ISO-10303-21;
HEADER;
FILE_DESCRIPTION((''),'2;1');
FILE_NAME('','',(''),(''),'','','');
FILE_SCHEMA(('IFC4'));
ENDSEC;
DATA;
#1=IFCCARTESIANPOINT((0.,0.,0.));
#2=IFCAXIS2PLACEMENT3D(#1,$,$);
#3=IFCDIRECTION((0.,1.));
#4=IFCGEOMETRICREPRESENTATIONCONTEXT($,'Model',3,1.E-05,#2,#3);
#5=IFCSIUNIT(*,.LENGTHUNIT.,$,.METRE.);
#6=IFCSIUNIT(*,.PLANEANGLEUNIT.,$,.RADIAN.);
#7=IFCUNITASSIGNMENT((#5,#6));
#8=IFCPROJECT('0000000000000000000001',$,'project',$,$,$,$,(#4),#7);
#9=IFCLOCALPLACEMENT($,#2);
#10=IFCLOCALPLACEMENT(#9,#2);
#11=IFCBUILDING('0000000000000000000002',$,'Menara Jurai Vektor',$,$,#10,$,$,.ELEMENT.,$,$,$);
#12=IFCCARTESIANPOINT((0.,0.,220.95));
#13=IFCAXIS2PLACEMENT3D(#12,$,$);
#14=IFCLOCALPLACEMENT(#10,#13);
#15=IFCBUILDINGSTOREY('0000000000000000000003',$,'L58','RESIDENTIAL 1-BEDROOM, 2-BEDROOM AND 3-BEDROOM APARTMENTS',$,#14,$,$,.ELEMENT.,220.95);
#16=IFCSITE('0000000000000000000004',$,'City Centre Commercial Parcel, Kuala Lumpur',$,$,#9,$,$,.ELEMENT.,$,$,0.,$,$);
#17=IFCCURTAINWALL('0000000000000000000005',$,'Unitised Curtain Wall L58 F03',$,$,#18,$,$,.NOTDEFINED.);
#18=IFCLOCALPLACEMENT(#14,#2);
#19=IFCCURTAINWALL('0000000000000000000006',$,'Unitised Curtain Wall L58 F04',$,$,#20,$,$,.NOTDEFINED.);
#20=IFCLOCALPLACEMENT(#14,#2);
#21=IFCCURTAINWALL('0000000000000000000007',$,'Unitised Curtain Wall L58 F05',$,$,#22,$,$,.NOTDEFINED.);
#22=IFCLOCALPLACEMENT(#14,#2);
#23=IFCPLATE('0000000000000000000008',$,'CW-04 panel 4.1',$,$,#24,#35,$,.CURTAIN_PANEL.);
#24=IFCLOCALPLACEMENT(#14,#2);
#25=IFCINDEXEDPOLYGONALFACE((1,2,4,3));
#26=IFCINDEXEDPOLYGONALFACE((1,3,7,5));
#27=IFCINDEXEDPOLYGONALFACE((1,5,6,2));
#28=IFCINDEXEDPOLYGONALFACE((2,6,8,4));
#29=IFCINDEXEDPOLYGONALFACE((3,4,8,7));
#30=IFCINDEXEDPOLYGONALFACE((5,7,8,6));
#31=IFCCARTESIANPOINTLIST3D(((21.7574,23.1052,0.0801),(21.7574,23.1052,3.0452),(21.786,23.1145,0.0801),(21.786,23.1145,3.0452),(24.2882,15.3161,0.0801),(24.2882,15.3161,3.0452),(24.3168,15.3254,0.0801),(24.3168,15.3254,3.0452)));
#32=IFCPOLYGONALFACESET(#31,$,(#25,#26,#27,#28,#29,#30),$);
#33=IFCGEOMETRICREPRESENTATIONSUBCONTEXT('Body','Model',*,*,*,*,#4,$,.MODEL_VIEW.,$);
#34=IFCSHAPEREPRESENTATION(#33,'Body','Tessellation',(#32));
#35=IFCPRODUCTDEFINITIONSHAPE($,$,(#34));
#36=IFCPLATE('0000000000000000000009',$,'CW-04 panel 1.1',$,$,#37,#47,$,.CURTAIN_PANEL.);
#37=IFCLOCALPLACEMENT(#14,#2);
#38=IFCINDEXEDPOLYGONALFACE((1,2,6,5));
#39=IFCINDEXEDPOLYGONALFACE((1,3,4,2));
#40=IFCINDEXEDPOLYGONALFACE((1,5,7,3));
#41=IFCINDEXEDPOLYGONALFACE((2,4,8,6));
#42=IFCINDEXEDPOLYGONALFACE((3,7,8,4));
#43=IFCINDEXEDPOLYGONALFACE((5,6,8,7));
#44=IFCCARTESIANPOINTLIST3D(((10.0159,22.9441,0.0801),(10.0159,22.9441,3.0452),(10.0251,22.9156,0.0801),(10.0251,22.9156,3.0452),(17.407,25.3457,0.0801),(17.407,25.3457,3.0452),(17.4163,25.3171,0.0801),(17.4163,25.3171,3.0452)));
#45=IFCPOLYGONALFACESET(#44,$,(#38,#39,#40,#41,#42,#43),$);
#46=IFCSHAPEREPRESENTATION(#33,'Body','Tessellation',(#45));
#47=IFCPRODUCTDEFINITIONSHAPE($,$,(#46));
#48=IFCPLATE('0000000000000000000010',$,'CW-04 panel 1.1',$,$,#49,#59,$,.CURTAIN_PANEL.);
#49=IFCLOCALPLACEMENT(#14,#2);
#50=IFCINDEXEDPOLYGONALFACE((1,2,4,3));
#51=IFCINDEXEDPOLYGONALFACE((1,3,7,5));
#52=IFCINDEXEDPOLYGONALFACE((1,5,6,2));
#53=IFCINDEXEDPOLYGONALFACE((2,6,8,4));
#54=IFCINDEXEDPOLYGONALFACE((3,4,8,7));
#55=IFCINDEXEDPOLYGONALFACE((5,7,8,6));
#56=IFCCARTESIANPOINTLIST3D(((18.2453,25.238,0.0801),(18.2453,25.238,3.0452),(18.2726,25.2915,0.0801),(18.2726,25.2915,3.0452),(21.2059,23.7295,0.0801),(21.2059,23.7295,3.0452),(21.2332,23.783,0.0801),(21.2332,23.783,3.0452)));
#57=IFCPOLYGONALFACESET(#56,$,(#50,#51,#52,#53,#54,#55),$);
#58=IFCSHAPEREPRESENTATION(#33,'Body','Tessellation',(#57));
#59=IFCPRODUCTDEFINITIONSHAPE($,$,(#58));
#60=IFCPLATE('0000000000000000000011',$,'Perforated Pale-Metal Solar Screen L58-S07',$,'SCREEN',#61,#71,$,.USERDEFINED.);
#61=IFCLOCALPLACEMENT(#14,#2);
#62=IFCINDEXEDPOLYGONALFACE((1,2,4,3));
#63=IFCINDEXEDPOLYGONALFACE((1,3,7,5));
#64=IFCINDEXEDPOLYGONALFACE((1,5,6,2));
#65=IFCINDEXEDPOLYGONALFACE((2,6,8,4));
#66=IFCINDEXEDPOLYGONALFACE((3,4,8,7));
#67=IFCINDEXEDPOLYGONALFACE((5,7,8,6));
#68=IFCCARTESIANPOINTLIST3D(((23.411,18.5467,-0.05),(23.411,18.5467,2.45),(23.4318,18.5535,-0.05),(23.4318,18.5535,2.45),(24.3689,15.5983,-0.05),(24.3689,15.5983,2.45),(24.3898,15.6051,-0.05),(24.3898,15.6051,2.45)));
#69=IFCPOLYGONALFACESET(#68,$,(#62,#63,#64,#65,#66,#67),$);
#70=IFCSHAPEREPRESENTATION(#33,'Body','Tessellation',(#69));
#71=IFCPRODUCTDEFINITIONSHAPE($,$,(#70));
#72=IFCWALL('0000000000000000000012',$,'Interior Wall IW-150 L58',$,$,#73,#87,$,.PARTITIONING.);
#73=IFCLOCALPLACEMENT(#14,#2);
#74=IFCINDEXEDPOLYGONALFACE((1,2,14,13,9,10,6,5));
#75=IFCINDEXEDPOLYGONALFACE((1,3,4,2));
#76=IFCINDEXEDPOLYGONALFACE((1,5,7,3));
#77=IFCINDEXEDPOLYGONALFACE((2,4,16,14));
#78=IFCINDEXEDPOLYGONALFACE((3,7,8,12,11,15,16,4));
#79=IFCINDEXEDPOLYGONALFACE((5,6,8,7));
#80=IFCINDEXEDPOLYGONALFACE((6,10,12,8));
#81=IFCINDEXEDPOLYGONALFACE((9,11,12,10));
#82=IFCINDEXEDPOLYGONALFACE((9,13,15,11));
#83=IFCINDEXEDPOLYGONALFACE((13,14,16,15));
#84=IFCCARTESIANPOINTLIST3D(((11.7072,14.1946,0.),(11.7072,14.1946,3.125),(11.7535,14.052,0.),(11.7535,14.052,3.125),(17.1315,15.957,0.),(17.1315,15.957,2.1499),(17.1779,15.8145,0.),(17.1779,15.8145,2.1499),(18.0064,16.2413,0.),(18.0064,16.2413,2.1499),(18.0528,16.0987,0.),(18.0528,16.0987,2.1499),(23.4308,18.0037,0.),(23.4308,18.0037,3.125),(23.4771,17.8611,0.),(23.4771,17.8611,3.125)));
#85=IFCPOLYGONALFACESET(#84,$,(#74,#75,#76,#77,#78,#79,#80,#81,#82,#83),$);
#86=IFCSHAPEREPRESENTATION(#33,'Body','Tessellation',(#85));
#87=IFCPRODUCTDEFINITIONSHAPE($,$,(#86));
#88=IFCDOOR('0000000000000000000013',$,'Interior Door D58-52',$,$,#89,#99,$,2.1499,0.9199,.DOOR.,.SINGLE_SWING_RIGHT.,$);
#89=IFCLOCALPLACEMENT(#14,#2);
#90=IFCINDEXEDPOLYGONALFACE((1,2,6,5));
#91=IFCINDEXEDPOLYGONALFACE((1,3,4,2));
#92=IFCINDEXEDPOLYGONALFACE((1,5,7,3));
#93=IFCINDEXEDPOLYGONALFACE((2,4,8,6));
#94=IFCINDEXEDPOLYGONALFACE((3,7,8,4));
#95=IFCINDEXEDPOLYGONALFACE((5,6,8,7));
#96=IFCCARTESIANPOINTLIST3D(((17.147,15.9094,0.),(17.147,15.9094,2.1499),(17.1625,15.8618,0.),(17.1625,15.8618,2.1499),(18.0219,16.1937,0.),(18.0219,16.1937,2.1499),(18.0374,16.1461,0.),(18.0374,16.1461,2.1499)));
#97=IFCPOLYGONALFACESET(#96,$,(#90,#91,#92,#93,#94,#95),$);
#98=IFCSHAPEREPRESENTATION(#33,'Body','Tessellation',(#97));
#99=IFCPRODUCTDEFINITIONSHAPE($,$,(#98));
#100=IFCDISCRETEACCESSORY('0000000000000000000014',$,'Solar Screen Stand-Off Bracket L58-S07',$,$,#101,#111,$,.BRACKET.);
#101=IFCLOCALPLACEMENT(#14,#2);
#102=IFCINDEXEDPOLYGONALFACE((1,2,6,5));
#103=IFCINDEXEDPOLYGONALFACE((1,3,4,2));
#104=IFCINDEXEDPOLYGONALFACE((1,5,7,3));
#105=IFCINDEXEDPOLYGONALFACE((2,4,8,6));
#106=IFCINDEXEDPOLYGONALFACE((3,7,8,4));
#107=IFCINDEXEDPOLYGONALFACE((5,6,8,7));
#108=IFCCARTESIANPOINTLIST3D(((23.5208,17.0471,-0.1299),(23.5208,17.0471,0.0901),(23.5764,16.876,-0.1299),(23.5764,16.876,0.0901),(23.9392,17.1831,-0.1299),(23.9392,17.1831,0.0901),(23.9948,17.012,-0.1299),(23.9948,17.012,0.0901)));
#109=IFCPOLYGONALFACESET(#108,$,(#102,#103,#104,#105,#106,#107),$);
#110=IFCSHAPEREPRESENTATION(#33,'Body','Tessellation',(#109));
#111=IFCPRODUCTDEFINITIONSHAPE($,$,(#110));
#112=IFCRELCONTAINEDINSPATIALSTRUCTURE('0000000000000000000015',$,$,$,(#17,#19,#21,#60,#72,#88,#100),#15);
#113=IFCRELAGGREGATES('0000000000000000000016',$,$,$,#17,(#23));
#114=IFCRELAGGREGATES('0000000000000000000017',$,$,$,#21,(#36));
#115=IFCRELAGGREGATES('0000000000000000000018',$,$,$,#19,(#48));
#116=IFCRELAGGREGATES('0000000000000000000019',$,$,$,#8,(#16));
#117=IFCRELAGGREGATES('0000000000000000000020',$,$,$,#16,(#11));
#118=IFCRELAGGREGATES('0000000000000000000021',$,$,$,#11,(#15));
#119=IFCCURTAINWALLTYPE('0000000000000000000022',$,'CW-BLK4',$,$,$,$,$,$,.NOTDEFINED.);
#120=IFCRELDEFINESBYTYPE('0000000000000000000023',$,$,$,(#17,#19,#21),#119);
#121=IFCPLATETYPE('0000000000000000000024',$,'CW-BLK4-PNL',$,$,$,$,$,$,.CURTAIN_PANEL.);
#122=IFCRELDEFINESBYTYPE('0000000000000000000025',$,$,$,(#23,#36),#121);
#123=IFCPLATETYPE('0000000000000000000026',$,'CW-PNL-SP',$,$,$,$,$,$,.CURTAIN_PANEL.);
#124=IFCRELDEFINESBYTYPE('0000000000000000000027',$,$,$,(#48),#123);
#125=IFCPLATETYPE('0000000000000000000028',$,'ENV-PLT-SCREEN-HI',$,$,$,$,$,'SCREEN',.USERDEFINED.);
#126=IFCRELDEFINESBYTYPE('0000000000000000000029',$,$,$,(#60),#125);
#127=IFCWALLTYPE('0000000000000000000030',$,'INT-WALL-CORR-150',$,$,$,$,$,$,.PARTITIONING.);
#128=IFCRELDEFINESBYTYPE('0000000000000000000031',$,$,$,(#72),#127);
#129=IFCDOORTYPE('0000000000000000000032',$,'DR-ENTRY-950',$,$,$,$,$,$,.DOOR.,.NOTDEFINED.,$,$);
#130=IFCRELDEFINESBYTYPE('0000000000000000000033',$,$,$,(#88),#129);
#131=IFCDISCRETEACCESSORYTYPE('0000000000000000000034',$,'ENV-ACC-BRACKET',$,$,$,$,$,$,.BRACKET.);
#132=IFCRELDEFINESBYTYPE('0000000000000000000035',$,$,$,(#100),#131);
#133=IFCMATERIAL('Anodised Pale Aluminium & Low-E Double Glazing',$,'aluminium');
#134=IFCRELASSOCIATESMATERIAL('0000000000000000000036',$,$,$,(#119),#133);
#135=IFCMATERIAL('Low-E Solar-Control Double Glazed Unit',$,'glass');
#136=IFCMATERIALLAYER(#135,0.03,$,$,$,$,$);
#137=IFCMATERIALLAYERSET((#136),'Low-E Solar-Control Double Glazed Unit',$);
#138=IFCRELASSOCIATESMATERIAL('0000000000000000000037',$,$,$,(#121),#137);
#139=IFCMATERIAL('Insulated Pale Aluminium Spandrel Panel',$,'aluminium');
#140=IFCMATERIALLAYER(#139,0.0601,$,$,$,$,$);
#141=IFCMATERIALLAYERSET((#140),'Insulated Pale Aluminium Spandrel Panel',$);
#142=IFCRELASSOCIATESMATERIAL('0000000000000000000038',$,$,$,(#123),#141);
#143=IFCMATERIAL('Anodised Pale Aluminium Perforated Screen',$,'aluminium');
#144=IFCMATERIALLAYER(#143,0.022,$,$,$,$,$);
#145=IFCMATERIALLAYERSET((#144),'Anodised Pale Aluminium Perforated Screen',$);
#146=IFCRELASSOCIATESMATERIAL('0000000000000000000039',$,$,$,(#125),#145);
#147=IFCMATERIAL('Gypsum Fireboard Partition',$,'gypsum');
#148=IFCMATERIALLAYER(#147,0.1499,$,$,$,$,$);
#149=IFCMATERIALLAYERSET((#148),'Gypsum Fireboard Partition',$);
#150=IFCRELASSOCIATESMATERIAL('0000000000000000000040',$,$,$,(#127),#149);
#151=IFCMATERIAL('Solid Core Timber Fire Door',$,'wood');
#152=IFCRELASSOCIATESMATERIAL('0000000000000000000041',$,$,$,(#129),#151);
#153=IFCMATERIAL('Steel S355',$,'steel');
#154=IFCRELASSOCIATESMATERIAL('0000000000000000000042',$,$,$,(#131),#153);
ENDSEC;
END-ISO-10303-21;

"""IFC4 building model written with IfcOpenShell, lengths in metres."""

from ifc_helpers import new_model, si_unit, direction, frame, frame_2d, origin, origin_2d, place, context, subcontext, project, spatial, rectangle, extrude, material, layer, layer_set, type_object, element, fill, aggregate, save


model = new_model("IFC4")

# Units and contexts
model_context = context("Model", 3, precision=1e-05, world=origin(), true_north=direction((0.0, 1.0)))
body_context = subcontext(model_context, "Body", "Model", "MODEL_VIEW")
ifc_project = project(units=[si_unit("LENGTHUNIT", "METRE"), si_unit("PLANEANGLEUNIT", "RADIAN")], contexts=[model_context])

# Site, building, storey
site_placement = place(None, origin())
site = spatial("IfcSite", under=ifc_project, at=site_placement, Name="City Centre Commercial Parcel, Kuala Lumpur", CompositionType="ELEMENT", RefElevation=0.0)
building_placement = place(site_placement, origin())
building = spatial("IfcBuilding", under=site, at=building_placement, Name="Menara Jurai Vektor", CompositionType="ELEMENT")
storey_placement = place(building_placement, frame((0.0, 0.0, 220.95)))
storey = spatial("IfcBuildingStorey", under=building, at=storey_placement, Name="L58", Description="RESIDENTIAL 1-BEDROOM, 2-BEDROOM AND 3-BEDROOM APARTMENTS", CompositionType="ELEMENT", Elevation=220.95)

# Curtain walls
ifc_material_1 = material(Name="Anodised Pale Aluminium & Low-E Double Glazing", Category="aluminium")
curtain_wall_type = type_object("IfcCurtainWallType", Name="CW-BLK4", PredefinedType="NOTDEFINED", material=ifc_material_1)
curtain_wall_1_placement = place(storey_placement, origin())
curtain_wall_1 = element("IfcCurtainWall", 1, at=curtain_wall_1_placement, inside=storey, type_object=curtain_wall_type, Name="Unitised Curtain Wall L58 F03", PredefinedType="NOTDEFINED")
curtain_wall_2_placement = place(storey_placement, origin())
curtain_wall_2 = element("IfcCurtainWall", 2, at=curtain_wall_2_placement, inside=storey, type_object=curtain_wall_type, Name="Unitised Curtain Wall L58 F04", PredefinedType="NOTDEFINED")

# Curtain wall
curtain_wall_3_placement = place(storey_placement, origin())
curtain_wall_3 = element("IfcCurtainWall", 3, at=curtain_wall_3_placement, inside=storey, type_object=curtain_wall_type, Name="Unitised Curtain Wall L58 F05", PredefinedType="NOTDEFINED")

# Shared definitions
ifc_material_2 = material(Name="Steel S355", Category="steel")

# Plates
ifc_material_3 = material(Name="Low-E Solar-Control Double Glazed Unit", Category="glass")
ifc_layer_1 = layer(ifc_material_3, 0.03)
ifc_layer_set_1 = layer_set([ifc_layer_1], Name="Low-E Solar-Control Double Glazed Unit")
plate_type_1 = type_object("IfcPlateType", Name="CW-BLK4-PNL", PredefinedType="CURTAIN_PANEL", material=ifc_layer_set_1)
plate_1_placement = place(storey_placement, frame((23.0371, 19.2153, 0.0801), z_axis=(0.0, 0.0, 1.0), x_axis=(-0.309016, 0.951057, 0.0)))
plate_1 = element("IfcPlate", 4, at=plate_1_placement, type_object=plate_type_1, Name="CW-04 panel 4.1", PredefinedType="CURTAIN_PANEL", context=body_context, shape_type="SweptSolid", body=[
    extrude(rectangle(XDim=8.1899, YDim=0.03, at=origin_2d()), origin(), (0.0, 0.0, 1.0), 2.9651),
])
aggregate(curtain_wall_1, [plate_1])
plate_2_placement = place(storey_placement, frame((13.7161, 24.1306, 0.0801), z_axis=(0.0, 0.0, 1.0), x_axis=(-0.951056, -0.309017, 0.0)))
plate_2 = element("IfcPlate", 5, at=plate_2_placement, type_object=plate_type_1, Name="CW-04 panel 1.1", PredefinedType="CURTAIN_PANEL", context=body_context, shape_type="SweptSolid", body=[
    extrude(rectangle(XDim=7.7715, YDim=0.03, at=origin_2d()), origin(), (0.0, 0.0, 1.0), 2.9651),
])
aggregate(curtain_wall_3, [plate_2])
ifc_material_4 = material(Name="Insulated Pale Aluminium Spandrel Panel", Category="aluminium")
ifc_layer_2 = layer(ifc_material_4, 0.0601)
ifc_layer_set_2 = layer_set([ifc_layer_2], Name="Insulated Pale Aluminium Spandrel Panel")
plate_type_2 = type_object("IfcPlateType", Name="CW-PNL-SP", PredefinedType="CURTAIN_PANEL", material=ifc_layer_set_2)
plate_3_placement = place(storey_placement, frame((19.7393, 24.5105, 0.0801), z_axis=(0.0, 0.0, 1.0), x_axis=(-0.891008, 0.453989, 0.0)))
plate_3 = element("IfcPlate", 6, at=plate_3_placement, type_object=plate_type_2, Name="CW-04 panel 1.1", PredefinedType="CURTAIN_PANEL", context=body_context, shape_type="SweptSolid", body=[
    extrude(rectangle(XDim=3.3228, YDim=0.0601, at=origin_2d()), origin(), (0.0, 0.0, 1.0), 2.9651),
])
aggregate(curtain_wall_2, [plate_3])
ifc_material_5 = material(Name="Anodised Pale Aluminium Perforated Screen", Category="aluminium")
ifc_layer_3 = layer(ifc_material_5, 0.022)
ifc_layer_set_3 = layer_set([ifc_layer_3], Name="Anodised Pale Aluminium Perforated Screen")
plate_type_3 = type_object("IfcPlateType", Name="ENV-PLT-SCREEN-HI", ElementType="SCREEN", PredefinedType="USERDEFINED", material=ifc_layer_set_3)
plate_4_placement = place(storey_placement, frame((23.9004, 17.0759, -0.05), z_axis=(0.0, 0.0, 1.0), x_axis=(-0.309017, 0.951057, 0.0)))
element("IfcPlate", 7, at=plate_4_placement, inside=storey, type_object=plate_type_3, Name="Perforated Pale-Metal Solar Screen L58-S07", ObjectType="SCREEN", PredefinedType="USERDEFINED", context=body_context, shape_type="SweptSolid", body=[
    extrude(rectangle(XDim=3.1001, YDim=0.022, at=origin_2d()), origin(), (0.0, 0.0, 1.0), 2.5),
])

# Wall, opening, door
ifc_material_6 = material(Name="Gypsum Fireboard Partition", Category="gypsum")
ifc_layer_4 = layer(ifc_material_6, 0.1499)
ifc_layer_set_4 = layer_set([ifc_layer_4], Name="Gypsum Fireboard Partition")
wall_type = type_object("IfcWallType", Name="INT-WALL-CORR-150", PredefinedType="PARTITIONING", material=ifc_layer_set_4)
wall_placement = place(storey_placement, frame((11.7302, 14.1233, 0.0), z_axis=(0.0, 0.0, 1.0), x_axis=(0.95106, 0.309005, 0.0)))
wall = element("IfcWall", 8, at=wall_placement, inside=storey, type_object=wall_type, Name="Interior Wall IW-150 L58", PredefinedType="PARTITIONING", context=body_context, shape_type="SweptSolid", body=[
    extrude(rectangle(XDim=12.3269, YDim=0.1499, at=frame_2d((6.1636, 0.0))), origin(), (0.0, 0.0, 1.0), 3.125),
])
opening_placement = place(wall_placement, frame((5.7036, 0.0, 0.0)))
opening = element("IfcOpeningElement", 9, at=opening_placement, cuts=wall, PredefinedType="OPENING", context=body_context, shape_type="SweptSolid", body=[
    extrude(rectangle(XDim=0.9199, YDim=2.1499, at=frame_2d((0.46, 1.075))), frame((0.0, 0.085, 0.0), z_axis=(0.0, -1.0, 0.0), x_axis=(1.0, 0.0, 0.0)), (0.0, 0.0, 1.0), 0.1699),
])
ifc_material_7 = material(Name="Solid Core Timber Fire Door", Category="wood")
door_type = type_object("IfcDoorType", Name="DR-ENTRY-950", OperationType="NOTDEFINED", PredefinedType="DOOR", material=ifc_material_7)
door_placement = place(opening_placement, origin())
door = element("IfcDoor", 10, at=door_placement, inside=storey, type_object=door_type, Name="Interior Door D58-52", OperationType="SINGLE_SWING_RIGHT", OverallHeight=2.1499, OverallWidth=0.9199, PredefinedType="DOOR", context=body_context, shape_type="SweptSolid", body=[
    extrude(rectangle(XDim=0.9199, YDim=2.1499, at=frame_2d((0.46, 1.075))), frame((0.0, 0.0249, 0.0), z_axis=(0.0, -1.0, 0.0), x_axis=(1.0, 0.0, 0.0)), (0.0, 0.0, 1.0), 0.05),
])
fill(opening, door)

# Discrete accessory
discrete_accessory_type = type_object("IfcDiscreteAccessoryType", Name="ENV-ACC-BRACKET", PredefinedType="BRACKET", material=ifc_material_2)
discrete_accessory_placement = place(storey_placement, frame((23.7578, 17.0295, -0.1299), z_axis=(0.0, 0.0, 1.0), x_axis=(-0.309017, 0.951057, 0.0)))
element("IfcDiscreteAccessory", 11, at=discrete_accessory_placement, inside=storey, type_object=discrete_accessory_type, Name="Solar Screen Stand-Off Bracket L58-S07", PredefinedType="BRACKET", context=body_context, shape_type="SweptSolid", body=[
    extrude(rectangle(XDim=0.1799, YDim=0.4399, at=origin_2d()), origin(), (0.0, 0.0, 1.0), 0.22),
])

save(model, "model.ifc")
